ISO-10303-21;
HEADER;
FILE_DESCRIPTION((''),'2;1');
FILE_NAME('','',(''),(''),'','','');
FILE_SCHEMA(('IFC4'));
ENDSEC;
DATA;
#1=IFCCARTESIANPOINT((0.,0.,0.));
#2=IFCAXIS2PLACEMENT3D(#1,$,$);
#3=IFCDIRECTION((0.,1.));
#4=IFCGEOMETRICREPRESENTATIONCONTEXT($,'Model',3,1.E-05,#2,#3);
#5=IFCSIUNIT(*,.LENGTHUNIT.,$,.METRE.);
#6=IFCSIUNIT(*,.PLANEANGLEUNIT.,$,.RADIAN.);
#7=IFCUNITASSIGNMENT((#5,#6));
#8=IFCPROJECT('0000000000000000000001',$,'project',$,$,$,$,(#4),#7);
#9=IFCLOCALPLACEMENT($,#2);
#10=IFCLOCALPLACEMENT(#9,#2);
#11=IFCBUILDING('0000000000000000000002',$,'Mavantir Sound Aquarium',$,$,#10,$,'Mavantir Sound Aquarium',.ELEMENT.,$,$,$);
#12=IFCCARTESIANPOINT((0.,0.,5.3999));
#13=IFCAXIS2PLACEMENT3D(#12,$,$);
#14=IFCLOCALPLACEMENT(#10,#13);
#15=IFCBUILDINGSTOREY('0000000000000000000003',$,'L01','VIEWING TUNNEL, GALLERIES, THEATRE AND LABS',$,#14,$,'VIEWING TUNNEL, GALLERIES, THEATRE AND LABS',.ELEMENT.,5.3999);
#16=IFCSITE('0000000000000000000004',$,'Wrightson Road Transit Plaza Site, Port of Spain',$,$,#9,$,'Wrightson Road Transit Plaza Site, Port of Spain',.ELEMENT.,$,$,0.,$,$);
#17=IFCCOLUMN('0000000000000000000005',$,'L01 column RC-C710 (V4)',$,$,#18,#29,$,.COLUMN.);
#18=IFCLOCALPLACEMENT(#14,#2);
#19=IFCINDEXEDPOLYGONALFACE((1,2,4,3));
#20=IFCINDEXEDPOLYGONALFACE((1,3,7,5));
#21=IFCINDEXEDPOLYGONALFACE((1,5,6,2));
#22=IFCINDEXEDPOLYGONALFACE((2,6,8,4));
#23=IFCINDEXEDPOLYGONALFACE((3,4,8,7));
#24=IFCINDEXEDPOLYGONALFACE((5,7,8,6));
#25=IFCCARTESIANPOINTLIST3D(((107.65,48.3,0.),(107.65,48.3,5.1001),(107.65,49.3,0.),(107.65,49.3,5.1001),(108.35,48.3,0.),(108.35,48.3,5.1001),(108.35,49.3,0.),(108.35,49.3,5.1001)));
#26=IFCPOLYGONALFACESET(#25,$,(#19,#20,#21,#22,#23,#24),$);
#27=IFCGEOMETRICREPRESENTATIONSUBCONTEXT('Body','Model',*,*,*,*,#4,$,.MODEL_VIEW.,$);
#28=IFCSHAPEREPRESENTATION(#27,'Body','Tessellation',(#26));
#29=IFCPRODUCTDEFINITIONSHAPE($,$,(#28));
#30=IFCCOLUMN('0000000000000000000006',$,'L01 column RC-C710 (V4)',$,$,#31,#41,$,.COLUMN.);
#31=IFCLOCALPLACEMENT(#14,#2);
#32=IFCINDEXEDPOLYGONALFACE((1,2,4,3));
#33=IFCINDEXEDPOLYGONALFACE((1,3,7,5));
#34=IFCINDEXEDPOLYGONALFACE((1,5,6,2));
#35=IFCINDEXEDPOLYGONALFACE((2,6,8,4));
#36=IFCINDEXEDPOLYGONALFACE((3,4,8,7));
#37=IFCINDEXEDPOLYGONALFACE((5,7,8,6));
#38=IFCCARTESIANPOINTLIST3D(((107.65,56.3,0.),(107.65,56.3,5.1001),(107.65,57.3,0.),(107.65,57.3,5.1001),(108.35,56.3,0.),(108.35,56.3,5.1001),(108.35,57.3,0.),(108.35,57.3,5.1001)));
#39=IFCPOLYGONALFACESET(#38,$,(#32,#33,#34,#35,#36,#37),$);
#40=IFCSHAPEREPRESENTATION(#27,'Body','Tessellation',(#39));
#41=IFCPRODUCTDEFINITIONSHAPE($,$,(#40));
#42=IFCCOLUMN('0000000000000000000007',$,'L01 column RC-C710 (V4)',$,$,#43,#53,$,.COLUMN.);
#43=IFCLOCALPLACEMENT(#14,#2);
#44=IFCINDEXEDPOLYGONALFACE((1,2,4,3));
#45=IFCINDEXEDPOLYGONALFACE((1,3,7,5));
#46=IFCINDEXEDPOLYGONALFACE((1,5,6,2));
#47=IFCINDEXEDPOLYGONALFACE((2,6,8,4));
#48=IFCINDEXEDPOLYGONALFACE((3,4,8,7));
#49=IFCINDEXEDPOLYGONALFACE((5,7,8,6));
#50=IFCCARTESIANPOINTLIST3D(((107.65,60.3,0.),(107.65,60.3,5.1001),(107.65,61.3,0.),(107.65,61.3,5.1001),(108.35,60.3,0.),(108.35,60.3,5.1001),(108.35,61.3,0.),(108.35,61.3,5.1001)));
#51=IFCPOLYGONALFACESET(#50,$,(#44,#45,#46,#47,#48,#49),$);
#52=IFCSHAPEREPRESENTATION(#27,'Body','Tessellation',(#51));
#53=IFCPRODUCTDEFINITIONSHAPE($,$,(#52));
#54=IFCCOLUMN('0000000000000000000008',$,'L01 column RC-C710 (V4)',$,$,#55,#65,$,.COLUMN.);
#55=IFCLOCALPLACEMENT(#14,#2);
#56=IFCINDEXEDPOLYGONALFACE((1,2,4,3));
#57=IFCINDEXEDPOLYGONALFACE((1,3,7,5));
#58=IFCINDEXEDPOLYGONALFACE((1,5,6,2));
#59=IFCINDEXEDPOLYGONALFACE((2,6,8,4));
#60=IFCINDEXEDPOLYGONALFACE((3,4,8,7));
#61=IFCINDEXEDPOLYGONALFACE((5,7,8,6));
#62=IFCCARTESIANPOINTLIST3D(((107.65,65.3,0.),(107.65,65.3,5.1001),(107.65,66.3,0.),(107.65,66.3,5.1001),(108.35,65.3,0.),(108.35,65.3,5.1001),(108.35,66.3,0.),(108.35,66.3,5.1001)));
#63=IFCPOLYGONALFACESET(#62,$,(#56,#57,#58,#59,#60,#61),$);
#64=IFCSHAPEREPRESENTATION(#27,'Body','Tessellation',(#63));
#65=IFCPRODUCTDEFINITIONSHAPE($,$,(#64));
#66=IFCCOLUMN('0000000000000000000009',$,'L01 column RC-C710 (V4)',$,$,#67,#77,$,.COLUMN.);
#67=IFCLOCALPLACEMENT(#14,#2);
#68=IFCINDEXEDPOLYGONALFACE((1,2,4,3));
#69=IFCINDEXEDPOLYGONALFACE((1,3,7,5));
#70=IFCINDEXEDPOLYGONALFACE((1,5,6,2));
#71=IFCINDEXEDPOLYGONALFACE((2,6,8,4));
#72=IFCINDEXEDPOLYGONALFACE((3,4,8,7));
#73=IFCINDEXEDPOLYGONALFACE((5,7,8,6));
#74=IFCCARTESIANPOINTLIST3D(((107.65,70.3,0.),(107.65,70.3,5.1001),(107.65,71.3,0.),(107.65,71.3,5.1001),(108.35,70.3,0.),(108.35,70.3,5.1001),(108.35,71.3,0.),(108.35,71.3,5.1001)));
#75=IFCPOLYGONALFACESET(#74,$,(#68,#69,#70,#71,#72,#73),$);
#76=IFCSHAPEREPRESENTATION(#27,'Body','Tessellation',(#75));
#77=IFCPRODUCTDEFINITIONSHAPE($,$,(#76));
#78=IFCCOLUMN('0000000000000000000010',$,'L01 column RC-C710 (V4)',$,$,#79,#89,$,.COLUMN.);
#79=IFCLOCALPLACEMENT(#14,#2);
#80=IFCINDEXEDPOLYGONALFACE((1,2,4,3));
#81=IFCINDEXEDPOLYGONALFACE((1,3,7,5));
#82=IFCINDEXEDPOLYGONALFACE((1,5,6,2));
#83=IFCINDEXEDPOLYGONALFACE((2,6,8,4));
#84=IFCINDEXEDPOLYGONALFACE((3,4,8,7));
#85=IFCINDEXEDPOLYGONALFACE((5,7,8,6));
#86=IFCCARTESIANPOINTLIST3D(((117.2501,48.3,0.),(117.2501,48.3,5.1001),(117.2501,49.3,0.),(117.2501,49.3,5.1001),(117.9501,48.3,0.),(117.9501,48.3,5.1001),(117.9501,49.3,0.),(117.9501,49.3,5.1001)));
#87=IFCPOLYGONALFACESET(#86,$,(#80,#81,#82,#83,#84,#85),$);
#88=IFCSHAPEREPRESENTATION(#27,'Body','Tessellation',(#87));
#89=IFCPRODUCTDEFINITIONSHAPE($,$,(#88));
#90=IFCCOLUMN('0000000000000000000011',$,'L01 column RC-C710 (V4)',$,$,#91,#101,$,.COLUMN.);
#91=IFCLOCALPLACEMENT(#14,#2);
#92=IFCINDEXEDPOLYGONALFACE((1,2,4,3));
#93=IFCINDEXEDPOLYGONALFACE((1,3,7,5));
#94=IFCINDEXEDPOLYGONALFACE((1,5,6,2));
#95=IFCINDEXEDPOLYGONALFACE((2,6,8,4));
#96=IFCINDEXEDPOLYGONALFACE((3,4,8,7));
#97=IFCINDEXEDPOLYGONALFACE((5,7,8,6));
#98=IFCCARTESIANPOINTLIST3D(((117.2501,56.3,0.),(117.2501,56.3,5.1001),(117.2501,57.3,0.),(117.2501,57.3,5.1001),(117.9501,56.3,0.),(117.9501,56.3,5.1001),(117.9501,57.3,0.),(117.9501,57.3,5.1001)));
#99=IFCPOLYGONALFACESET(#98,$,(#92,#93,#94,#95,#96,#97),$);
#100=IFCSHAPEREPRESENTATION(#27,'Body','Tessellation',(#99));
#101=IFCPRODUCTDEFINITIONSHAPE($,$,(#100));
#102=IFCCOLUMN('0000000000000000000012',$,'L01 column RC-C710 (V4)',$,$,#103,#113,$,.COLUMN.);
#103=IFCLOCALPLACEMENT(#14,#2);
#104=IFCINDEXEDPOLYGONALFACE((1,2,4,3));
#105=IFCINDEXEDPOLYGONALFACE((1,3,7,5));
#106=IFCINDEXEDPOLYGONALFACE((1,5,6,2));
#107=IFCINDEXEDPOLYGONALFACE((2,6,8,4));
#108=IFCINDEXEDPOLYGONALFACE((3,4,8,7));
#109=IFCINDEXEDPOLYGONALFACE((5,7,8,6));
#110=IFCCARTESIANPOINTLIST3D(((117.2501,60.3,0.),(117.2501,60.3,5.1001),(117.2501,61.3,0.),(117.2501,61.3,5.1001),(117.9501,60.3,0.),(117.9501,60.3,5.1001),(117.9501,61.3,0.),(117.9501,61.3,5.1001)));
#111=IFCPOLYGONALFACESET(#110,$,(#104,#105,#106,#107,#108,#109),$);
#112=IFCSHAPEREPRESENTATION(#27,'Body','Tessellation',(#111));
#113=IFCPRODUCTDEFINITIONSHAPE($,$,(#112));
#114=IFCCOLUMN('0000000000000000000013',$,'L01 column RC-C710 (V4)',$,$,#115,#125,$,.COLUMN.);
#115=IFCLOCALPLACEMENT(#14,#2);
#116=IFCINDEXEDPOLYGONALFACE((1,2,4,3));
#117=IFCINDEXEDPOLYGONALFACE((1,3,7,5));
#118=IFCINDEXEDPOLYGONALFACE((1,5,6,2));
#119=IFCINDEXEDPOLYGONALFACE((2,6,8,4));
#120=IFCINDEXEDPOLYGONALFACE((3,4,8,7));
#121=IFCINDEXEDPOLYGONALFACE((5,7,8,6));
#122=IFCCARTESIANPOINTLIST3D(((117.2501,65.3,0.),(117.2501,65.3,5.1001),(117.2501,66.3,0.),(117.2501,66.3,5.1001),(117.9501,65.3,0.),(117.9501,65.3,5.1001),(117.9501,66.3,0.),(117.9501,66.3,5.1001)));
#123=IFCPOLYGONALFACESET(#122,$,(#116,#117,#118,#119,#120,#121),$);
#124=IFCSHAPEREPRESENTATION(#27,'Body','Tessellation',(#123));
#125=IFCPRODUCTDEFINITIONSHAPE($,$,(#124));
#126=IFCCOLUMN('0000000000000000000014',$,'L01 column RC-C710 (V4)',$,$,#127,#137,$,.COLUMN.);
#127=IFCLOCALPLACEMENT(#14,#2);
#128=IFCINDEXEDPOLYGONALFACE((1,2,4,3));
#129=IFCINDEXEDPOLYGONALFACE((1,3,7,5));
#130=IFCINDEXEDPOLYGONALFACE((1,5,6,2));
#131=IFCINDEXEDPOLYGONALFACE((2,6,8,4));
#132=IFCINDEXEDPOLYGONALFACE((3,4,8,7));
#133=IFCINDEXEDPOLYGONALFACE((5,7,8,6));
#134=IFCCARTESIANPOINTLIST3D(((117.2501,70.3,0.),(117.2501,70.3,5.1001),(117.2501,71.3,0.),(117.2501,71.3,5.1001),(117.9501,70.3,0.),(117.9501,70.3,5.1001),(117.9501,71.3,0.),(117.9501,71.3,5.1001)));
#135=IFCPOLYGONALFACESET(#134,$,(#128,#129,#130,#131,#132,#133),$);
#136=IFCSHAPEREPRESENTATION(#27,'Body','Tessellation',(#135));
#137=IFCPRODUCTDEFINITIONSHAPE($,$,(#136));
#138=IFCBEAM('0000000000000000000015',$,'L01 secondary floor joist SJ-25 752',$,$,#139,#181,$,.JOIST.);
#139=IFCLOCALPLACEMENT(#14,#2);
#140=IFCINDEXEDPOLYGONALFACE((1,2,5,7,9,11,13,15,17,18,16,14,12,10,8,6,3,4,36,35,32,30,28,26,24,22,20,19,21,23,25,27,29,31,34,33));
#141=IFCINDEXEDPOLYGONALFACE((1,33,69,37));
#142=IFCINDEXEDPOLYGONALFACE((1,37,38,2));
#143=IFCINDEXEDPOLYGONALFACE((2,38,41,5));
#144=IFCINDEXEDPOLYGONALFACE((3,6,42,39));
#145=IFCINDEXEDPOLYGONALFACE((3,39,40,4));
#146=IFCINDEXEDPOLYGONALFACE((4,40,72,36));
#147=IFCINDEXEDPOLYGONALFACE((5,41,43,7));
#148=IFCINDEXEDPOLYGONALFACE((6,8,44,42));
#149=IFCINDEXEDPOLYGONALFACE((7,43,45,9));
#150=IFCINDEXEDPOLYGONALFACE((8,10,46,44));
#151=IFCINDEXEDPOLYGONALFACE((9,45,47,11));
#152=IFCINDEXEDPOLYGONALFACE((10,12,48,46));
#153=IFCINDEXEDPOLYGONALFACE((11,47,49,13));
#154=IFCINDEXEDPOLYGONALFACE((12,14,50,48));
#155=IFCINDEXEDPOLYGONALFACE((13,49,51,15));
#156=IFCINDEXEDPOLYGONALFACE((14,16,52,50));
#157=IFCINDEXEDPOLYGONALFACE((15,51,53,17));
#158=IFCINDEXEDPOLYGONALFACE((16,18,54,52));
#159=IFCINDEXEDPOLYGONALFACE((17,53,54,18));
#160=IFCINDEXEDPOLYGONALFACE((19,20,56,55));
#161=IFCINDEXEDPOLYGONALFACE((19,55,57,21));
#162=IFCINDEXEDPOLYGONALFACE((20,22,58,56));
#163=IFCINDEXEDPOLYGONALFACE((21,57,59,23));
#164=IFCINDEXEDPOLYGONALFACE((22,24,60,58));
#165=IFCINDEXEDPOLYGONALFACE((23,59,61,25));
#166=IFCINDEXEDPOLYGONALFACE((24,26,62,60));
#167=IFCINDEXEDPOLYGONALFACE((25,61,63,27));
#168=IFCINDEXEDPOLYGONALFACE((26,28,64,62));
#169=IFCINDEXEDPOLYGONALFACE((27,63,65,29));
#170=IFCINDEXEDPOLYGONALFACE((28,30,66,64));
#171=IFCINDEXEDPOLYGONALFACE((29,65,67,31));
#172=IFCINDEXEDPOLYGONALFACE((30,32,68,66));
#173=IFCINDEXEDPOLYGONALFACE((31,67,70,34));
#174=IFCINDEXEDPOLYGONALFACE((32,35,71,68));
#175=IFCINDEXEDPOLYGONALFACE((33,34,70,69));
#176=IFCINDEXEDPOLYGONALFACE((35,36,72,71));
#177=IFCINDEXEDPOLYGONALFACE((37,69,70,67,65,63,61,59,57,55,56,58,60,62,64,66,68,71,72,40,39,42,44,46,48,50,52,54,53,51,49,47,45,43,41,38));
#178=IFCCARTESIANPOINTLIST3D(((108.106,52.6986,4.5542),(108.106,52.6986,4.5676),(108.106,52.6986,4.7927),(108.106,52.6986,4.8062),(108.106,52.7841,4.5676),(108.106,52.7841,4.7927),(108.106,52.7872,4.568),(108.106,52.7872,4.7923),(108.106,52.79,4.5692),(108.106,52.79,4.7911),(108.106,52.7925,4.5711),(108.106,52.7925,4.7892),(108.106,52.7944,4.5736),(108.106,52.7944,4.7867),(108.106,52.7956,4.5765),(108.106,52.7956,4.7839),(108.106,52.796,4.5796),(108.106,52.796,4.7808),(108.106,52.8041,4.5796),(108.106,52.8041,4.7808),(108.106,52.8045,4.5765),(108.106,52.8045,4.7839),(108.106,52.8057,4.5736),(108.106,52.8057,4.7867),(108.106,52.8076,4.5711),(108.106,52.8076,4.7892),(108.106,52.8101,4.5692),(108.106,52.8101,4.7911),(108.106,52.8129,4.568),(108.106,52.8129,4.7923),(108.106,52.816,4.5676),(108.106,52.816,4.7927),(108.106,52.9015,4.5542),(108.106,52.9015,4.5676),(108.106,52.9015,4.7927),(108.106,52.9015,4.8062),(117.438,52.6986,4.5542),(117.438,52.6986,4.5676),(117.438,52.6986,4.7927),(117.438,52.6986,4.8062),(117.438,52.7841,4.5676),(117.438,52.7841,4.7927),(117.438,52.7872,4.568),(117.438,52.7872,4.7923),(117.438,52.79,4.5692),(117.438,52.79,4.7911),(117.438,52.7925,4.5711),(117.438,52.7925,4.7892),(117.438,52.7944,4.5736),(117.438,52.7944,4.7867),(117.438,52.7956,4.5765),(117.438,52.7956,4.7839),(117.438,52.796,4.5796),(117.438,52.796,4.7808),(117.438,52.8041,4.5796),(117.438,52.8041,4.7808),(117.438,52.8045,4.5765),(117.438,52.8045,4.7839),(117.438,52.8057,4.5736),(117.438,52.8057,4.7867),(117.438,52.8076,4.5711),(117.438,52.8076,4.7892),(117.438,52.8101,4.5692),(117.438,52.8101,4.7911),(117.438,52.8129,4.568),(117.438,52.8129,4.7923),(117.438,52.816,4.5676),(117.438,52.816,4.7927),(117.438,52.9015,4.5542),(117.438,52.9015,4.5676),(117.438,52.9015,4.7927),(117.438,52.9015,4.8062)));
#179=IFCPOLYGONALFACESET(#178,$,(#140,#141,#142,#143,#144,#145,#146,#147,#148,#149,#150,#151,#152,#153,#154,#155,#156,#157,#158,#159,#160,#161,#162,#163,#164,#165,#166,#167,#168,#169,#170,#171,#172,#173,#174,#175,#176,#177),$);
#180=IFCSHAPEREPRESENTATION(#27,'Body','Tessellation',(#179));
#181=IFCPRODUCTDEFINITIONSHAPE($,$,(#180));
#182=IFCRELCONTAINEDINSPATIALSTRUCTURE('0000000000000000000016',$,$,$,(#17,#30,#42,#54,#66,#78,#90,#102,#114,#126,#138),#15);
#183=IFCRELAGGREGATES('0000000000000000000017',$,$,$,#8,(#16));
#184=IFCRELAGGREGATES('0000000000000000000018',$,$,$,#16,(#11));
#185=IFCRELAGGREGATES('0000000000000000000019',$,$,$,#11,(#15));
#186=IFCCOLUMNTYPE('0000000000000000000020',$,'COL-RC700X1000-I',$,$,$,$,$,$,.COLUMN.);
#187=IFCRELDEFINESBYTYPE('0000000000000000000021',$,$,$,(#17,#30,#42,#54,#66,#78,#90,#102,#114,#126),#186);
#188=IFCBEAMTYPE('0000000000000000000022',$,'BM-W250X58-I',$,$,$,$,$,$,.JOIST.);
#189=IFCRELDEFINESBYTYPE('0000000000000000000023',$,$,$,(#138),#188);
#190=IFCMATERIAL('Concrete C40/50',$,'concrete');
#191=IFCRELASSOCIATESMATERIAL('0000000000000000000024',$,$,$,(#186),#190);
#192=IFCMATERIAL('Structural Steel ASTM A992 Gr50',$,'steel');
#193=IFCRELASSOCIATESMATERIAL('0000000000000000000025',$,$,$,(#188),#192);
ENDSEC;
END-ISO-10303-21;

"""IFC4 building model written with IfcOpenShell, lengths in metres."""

from ifc_helpers import new_model, si_unit, direction, frame, origin, origin_2d, place, context, subcontext, project, spatial, rectangle, i_section, extrude, material, material_profile, profile_set, type_object, element, save


model = new_model("IFC4")

# Units and contexts
model_context = context("Model", 3, precision=1e-05, world=origin(), true_north=direction((0.0, 1.0)))
body_context = subcontext(model_context, "Body", "Model", "MODEL_VIEW")
ifc_project = project(units=[si_unit("LENGTHUNIT", "METRE"), si_unit("PLANEANGLEUNIT", "RADIAN")], contexts=[model_context])

# Site, building, storey
site_placement = place(None, origin())
site = spatial("IfcSite", under=ifc_project, at=site_placement, Name="Wrightson Road Transit Plaza Site, Port of Spain", LongName="Wrightson Road Transit Plaza Site, Port of Spain", CompositionType="ELEMENT", RefElevation=0.0)
building_placement = place(site_placement, origin())
building = spatial("IfcBuilding", under=site, at=building_placement, Name="Mavantir Sound Aquarium", LongName="Mavantir Sound Aquarium", CompositionType="ELEMENT")
storey_placement = place(building_placement, frame((0.0, 0.0, 5.3999)))
storey = spatial("IfcBuildingStorey", under=building, at=storey_placement, Name="L01", Description="VIEWING TUNNEL, GALLERIES, THEATRE AND LABS", LongName="VIEWING TUNNEL, GALLERIES, THEATRE AND LABS", CompositionType="ELEMENT", Elevation=5.3999)

# Columns
ifc_material_1 = material(Name="Concrete C40/50", Category="concrete")
ifc_material_profile_1 = material_profile(ifc_material_1, rectangle(XDim=0.7, YDim=1.0, at=origin_2d()), Name="RC 700X1000")
ifc_profile_set_1 = profile_set([ifc_material_profile_1], Name="Concrete C40/50")
column_type = type_object("IfcColumnType", Name="COL-RC700X1000-I", PredefinedType="COLUMN", material=ifc_profile_set_1)
for number, where, z_axis, x_axis, name in (
    (1, (108.0, 48.8, 0.0), (0.0, 0.0, 1.0), (1.0, 0.0, 0.0), "L01 column RC-C710 (V4)"),
    (2, (108.0, 56.8, 0.0), (0.0, 0.0, 1.0), (1.0, 0.0, 0.0), "L01 column RC-C710 (V4)"),
    (3, (108.0, 60.8, 0.0), (0.0, 0.0, 1.0), (1.0, 0.0, 0.0), "L01 column RC-C710 (V4)"),
    (4, (108.0, 65.8, 0.0), (0.0, 0.0, 1.0), (1.0, 0.0, 0.0), "L01 column RC-C710 (V4)"),
    (5, (108.0, 70.8, 0.0), (0.0, 0.0, 1.0), (1.0, 0.0, 0.0), "L01 column RC-C710 (V4)"),
    (6, (117.6001, 48.8, 0.0), (0.0, 0.0, 1.0), (1.0, 0.0, 0.0), "L01 column RC-C710 (V4)"),
    (7, (117.6001, 56.8, 0.0), (0.0, 0.0, 1.0), (1.0, 0.0, 0.0), "L01 column RC-C710 (V4)"),
    (8, (117.6001, 60.8, 0.0), (0.0, 0.0, 1.0), (1.0, 0.0, 0.0), "L01 column RC-C710 (V4)"),
    (9, (117.6001, 65.8, 0.0), (0.0, 0.0, 1.0), (1.0, 0.0, 0.0), "L01 column RC-C710 (V4)"),
    (10, (117.6001, 70.8, 0.0), (0.0, 0.0, 1.0), (1.0, 0.0, 0.0), "L01 column RC-C710 (V4)"),
):
    element("IfcColumn", number, at=place(storey_placement, frame(where, z_axis=z_axis, x_axis=x_axis)), inside=storey, type_object=column_type, Name=name, PredefinedType="COLUMN", context=body_context, shape_type="SweptSolid", body=[
        extrude(rectangle(XDim=0.7, YDim=1.0, at=origin_2d()), origin(), (0.0, 0.0, 1.0), 5.1001),
    ])

# Beam
ifc_material_2 = material(Name="Structural Steel ASTM A992 Gr50", Category="steel")
ifc_material_profile_2 = material_profile(ifc_material_2, i_section(OverallWidth=0.2029, OverallDepth=0.252, WebThickness=0.0081, FlangeThickness=0.0134, FilletRadius=0.012, at=origin_2d()), Name="W250X58")
ifc_profile_set_2 = profile_set([ifc_material_profile_2], Name="Structural Steel ASTM A992 Gr50")
beam_type_1 = type_object("IfcBeamType", Name="BM-W250X58-I", PredefinedType="JOIST", material=ifc_profile_set_2)
beam_1_placement = place(storey_placement, frame((108.106, 52.8, 4.6802), z_axis=(1.0, 0.0, 0.0), x_axis=(0.0, 1.0, 0.0)))
element("IfcBeam", 11, at=beam_1_placement, inside=storey, type_object=beam_type_1, Name="L01 secondary floor joist SJ-25 752", PredefinedType="JOIST", context=body_context, shape_type="SweptSolid", body=[
    extrude(i_section(OverallWidth=0.2029, OverallDepth=0.252, WebThickness=0.0081, FlangeThickness=0.0134, FilletRadius=0.012, at=origin_2d()), origin(), (0.0, 0.0, 1.0), 9.332),
])

save(model, "model.ifc")
